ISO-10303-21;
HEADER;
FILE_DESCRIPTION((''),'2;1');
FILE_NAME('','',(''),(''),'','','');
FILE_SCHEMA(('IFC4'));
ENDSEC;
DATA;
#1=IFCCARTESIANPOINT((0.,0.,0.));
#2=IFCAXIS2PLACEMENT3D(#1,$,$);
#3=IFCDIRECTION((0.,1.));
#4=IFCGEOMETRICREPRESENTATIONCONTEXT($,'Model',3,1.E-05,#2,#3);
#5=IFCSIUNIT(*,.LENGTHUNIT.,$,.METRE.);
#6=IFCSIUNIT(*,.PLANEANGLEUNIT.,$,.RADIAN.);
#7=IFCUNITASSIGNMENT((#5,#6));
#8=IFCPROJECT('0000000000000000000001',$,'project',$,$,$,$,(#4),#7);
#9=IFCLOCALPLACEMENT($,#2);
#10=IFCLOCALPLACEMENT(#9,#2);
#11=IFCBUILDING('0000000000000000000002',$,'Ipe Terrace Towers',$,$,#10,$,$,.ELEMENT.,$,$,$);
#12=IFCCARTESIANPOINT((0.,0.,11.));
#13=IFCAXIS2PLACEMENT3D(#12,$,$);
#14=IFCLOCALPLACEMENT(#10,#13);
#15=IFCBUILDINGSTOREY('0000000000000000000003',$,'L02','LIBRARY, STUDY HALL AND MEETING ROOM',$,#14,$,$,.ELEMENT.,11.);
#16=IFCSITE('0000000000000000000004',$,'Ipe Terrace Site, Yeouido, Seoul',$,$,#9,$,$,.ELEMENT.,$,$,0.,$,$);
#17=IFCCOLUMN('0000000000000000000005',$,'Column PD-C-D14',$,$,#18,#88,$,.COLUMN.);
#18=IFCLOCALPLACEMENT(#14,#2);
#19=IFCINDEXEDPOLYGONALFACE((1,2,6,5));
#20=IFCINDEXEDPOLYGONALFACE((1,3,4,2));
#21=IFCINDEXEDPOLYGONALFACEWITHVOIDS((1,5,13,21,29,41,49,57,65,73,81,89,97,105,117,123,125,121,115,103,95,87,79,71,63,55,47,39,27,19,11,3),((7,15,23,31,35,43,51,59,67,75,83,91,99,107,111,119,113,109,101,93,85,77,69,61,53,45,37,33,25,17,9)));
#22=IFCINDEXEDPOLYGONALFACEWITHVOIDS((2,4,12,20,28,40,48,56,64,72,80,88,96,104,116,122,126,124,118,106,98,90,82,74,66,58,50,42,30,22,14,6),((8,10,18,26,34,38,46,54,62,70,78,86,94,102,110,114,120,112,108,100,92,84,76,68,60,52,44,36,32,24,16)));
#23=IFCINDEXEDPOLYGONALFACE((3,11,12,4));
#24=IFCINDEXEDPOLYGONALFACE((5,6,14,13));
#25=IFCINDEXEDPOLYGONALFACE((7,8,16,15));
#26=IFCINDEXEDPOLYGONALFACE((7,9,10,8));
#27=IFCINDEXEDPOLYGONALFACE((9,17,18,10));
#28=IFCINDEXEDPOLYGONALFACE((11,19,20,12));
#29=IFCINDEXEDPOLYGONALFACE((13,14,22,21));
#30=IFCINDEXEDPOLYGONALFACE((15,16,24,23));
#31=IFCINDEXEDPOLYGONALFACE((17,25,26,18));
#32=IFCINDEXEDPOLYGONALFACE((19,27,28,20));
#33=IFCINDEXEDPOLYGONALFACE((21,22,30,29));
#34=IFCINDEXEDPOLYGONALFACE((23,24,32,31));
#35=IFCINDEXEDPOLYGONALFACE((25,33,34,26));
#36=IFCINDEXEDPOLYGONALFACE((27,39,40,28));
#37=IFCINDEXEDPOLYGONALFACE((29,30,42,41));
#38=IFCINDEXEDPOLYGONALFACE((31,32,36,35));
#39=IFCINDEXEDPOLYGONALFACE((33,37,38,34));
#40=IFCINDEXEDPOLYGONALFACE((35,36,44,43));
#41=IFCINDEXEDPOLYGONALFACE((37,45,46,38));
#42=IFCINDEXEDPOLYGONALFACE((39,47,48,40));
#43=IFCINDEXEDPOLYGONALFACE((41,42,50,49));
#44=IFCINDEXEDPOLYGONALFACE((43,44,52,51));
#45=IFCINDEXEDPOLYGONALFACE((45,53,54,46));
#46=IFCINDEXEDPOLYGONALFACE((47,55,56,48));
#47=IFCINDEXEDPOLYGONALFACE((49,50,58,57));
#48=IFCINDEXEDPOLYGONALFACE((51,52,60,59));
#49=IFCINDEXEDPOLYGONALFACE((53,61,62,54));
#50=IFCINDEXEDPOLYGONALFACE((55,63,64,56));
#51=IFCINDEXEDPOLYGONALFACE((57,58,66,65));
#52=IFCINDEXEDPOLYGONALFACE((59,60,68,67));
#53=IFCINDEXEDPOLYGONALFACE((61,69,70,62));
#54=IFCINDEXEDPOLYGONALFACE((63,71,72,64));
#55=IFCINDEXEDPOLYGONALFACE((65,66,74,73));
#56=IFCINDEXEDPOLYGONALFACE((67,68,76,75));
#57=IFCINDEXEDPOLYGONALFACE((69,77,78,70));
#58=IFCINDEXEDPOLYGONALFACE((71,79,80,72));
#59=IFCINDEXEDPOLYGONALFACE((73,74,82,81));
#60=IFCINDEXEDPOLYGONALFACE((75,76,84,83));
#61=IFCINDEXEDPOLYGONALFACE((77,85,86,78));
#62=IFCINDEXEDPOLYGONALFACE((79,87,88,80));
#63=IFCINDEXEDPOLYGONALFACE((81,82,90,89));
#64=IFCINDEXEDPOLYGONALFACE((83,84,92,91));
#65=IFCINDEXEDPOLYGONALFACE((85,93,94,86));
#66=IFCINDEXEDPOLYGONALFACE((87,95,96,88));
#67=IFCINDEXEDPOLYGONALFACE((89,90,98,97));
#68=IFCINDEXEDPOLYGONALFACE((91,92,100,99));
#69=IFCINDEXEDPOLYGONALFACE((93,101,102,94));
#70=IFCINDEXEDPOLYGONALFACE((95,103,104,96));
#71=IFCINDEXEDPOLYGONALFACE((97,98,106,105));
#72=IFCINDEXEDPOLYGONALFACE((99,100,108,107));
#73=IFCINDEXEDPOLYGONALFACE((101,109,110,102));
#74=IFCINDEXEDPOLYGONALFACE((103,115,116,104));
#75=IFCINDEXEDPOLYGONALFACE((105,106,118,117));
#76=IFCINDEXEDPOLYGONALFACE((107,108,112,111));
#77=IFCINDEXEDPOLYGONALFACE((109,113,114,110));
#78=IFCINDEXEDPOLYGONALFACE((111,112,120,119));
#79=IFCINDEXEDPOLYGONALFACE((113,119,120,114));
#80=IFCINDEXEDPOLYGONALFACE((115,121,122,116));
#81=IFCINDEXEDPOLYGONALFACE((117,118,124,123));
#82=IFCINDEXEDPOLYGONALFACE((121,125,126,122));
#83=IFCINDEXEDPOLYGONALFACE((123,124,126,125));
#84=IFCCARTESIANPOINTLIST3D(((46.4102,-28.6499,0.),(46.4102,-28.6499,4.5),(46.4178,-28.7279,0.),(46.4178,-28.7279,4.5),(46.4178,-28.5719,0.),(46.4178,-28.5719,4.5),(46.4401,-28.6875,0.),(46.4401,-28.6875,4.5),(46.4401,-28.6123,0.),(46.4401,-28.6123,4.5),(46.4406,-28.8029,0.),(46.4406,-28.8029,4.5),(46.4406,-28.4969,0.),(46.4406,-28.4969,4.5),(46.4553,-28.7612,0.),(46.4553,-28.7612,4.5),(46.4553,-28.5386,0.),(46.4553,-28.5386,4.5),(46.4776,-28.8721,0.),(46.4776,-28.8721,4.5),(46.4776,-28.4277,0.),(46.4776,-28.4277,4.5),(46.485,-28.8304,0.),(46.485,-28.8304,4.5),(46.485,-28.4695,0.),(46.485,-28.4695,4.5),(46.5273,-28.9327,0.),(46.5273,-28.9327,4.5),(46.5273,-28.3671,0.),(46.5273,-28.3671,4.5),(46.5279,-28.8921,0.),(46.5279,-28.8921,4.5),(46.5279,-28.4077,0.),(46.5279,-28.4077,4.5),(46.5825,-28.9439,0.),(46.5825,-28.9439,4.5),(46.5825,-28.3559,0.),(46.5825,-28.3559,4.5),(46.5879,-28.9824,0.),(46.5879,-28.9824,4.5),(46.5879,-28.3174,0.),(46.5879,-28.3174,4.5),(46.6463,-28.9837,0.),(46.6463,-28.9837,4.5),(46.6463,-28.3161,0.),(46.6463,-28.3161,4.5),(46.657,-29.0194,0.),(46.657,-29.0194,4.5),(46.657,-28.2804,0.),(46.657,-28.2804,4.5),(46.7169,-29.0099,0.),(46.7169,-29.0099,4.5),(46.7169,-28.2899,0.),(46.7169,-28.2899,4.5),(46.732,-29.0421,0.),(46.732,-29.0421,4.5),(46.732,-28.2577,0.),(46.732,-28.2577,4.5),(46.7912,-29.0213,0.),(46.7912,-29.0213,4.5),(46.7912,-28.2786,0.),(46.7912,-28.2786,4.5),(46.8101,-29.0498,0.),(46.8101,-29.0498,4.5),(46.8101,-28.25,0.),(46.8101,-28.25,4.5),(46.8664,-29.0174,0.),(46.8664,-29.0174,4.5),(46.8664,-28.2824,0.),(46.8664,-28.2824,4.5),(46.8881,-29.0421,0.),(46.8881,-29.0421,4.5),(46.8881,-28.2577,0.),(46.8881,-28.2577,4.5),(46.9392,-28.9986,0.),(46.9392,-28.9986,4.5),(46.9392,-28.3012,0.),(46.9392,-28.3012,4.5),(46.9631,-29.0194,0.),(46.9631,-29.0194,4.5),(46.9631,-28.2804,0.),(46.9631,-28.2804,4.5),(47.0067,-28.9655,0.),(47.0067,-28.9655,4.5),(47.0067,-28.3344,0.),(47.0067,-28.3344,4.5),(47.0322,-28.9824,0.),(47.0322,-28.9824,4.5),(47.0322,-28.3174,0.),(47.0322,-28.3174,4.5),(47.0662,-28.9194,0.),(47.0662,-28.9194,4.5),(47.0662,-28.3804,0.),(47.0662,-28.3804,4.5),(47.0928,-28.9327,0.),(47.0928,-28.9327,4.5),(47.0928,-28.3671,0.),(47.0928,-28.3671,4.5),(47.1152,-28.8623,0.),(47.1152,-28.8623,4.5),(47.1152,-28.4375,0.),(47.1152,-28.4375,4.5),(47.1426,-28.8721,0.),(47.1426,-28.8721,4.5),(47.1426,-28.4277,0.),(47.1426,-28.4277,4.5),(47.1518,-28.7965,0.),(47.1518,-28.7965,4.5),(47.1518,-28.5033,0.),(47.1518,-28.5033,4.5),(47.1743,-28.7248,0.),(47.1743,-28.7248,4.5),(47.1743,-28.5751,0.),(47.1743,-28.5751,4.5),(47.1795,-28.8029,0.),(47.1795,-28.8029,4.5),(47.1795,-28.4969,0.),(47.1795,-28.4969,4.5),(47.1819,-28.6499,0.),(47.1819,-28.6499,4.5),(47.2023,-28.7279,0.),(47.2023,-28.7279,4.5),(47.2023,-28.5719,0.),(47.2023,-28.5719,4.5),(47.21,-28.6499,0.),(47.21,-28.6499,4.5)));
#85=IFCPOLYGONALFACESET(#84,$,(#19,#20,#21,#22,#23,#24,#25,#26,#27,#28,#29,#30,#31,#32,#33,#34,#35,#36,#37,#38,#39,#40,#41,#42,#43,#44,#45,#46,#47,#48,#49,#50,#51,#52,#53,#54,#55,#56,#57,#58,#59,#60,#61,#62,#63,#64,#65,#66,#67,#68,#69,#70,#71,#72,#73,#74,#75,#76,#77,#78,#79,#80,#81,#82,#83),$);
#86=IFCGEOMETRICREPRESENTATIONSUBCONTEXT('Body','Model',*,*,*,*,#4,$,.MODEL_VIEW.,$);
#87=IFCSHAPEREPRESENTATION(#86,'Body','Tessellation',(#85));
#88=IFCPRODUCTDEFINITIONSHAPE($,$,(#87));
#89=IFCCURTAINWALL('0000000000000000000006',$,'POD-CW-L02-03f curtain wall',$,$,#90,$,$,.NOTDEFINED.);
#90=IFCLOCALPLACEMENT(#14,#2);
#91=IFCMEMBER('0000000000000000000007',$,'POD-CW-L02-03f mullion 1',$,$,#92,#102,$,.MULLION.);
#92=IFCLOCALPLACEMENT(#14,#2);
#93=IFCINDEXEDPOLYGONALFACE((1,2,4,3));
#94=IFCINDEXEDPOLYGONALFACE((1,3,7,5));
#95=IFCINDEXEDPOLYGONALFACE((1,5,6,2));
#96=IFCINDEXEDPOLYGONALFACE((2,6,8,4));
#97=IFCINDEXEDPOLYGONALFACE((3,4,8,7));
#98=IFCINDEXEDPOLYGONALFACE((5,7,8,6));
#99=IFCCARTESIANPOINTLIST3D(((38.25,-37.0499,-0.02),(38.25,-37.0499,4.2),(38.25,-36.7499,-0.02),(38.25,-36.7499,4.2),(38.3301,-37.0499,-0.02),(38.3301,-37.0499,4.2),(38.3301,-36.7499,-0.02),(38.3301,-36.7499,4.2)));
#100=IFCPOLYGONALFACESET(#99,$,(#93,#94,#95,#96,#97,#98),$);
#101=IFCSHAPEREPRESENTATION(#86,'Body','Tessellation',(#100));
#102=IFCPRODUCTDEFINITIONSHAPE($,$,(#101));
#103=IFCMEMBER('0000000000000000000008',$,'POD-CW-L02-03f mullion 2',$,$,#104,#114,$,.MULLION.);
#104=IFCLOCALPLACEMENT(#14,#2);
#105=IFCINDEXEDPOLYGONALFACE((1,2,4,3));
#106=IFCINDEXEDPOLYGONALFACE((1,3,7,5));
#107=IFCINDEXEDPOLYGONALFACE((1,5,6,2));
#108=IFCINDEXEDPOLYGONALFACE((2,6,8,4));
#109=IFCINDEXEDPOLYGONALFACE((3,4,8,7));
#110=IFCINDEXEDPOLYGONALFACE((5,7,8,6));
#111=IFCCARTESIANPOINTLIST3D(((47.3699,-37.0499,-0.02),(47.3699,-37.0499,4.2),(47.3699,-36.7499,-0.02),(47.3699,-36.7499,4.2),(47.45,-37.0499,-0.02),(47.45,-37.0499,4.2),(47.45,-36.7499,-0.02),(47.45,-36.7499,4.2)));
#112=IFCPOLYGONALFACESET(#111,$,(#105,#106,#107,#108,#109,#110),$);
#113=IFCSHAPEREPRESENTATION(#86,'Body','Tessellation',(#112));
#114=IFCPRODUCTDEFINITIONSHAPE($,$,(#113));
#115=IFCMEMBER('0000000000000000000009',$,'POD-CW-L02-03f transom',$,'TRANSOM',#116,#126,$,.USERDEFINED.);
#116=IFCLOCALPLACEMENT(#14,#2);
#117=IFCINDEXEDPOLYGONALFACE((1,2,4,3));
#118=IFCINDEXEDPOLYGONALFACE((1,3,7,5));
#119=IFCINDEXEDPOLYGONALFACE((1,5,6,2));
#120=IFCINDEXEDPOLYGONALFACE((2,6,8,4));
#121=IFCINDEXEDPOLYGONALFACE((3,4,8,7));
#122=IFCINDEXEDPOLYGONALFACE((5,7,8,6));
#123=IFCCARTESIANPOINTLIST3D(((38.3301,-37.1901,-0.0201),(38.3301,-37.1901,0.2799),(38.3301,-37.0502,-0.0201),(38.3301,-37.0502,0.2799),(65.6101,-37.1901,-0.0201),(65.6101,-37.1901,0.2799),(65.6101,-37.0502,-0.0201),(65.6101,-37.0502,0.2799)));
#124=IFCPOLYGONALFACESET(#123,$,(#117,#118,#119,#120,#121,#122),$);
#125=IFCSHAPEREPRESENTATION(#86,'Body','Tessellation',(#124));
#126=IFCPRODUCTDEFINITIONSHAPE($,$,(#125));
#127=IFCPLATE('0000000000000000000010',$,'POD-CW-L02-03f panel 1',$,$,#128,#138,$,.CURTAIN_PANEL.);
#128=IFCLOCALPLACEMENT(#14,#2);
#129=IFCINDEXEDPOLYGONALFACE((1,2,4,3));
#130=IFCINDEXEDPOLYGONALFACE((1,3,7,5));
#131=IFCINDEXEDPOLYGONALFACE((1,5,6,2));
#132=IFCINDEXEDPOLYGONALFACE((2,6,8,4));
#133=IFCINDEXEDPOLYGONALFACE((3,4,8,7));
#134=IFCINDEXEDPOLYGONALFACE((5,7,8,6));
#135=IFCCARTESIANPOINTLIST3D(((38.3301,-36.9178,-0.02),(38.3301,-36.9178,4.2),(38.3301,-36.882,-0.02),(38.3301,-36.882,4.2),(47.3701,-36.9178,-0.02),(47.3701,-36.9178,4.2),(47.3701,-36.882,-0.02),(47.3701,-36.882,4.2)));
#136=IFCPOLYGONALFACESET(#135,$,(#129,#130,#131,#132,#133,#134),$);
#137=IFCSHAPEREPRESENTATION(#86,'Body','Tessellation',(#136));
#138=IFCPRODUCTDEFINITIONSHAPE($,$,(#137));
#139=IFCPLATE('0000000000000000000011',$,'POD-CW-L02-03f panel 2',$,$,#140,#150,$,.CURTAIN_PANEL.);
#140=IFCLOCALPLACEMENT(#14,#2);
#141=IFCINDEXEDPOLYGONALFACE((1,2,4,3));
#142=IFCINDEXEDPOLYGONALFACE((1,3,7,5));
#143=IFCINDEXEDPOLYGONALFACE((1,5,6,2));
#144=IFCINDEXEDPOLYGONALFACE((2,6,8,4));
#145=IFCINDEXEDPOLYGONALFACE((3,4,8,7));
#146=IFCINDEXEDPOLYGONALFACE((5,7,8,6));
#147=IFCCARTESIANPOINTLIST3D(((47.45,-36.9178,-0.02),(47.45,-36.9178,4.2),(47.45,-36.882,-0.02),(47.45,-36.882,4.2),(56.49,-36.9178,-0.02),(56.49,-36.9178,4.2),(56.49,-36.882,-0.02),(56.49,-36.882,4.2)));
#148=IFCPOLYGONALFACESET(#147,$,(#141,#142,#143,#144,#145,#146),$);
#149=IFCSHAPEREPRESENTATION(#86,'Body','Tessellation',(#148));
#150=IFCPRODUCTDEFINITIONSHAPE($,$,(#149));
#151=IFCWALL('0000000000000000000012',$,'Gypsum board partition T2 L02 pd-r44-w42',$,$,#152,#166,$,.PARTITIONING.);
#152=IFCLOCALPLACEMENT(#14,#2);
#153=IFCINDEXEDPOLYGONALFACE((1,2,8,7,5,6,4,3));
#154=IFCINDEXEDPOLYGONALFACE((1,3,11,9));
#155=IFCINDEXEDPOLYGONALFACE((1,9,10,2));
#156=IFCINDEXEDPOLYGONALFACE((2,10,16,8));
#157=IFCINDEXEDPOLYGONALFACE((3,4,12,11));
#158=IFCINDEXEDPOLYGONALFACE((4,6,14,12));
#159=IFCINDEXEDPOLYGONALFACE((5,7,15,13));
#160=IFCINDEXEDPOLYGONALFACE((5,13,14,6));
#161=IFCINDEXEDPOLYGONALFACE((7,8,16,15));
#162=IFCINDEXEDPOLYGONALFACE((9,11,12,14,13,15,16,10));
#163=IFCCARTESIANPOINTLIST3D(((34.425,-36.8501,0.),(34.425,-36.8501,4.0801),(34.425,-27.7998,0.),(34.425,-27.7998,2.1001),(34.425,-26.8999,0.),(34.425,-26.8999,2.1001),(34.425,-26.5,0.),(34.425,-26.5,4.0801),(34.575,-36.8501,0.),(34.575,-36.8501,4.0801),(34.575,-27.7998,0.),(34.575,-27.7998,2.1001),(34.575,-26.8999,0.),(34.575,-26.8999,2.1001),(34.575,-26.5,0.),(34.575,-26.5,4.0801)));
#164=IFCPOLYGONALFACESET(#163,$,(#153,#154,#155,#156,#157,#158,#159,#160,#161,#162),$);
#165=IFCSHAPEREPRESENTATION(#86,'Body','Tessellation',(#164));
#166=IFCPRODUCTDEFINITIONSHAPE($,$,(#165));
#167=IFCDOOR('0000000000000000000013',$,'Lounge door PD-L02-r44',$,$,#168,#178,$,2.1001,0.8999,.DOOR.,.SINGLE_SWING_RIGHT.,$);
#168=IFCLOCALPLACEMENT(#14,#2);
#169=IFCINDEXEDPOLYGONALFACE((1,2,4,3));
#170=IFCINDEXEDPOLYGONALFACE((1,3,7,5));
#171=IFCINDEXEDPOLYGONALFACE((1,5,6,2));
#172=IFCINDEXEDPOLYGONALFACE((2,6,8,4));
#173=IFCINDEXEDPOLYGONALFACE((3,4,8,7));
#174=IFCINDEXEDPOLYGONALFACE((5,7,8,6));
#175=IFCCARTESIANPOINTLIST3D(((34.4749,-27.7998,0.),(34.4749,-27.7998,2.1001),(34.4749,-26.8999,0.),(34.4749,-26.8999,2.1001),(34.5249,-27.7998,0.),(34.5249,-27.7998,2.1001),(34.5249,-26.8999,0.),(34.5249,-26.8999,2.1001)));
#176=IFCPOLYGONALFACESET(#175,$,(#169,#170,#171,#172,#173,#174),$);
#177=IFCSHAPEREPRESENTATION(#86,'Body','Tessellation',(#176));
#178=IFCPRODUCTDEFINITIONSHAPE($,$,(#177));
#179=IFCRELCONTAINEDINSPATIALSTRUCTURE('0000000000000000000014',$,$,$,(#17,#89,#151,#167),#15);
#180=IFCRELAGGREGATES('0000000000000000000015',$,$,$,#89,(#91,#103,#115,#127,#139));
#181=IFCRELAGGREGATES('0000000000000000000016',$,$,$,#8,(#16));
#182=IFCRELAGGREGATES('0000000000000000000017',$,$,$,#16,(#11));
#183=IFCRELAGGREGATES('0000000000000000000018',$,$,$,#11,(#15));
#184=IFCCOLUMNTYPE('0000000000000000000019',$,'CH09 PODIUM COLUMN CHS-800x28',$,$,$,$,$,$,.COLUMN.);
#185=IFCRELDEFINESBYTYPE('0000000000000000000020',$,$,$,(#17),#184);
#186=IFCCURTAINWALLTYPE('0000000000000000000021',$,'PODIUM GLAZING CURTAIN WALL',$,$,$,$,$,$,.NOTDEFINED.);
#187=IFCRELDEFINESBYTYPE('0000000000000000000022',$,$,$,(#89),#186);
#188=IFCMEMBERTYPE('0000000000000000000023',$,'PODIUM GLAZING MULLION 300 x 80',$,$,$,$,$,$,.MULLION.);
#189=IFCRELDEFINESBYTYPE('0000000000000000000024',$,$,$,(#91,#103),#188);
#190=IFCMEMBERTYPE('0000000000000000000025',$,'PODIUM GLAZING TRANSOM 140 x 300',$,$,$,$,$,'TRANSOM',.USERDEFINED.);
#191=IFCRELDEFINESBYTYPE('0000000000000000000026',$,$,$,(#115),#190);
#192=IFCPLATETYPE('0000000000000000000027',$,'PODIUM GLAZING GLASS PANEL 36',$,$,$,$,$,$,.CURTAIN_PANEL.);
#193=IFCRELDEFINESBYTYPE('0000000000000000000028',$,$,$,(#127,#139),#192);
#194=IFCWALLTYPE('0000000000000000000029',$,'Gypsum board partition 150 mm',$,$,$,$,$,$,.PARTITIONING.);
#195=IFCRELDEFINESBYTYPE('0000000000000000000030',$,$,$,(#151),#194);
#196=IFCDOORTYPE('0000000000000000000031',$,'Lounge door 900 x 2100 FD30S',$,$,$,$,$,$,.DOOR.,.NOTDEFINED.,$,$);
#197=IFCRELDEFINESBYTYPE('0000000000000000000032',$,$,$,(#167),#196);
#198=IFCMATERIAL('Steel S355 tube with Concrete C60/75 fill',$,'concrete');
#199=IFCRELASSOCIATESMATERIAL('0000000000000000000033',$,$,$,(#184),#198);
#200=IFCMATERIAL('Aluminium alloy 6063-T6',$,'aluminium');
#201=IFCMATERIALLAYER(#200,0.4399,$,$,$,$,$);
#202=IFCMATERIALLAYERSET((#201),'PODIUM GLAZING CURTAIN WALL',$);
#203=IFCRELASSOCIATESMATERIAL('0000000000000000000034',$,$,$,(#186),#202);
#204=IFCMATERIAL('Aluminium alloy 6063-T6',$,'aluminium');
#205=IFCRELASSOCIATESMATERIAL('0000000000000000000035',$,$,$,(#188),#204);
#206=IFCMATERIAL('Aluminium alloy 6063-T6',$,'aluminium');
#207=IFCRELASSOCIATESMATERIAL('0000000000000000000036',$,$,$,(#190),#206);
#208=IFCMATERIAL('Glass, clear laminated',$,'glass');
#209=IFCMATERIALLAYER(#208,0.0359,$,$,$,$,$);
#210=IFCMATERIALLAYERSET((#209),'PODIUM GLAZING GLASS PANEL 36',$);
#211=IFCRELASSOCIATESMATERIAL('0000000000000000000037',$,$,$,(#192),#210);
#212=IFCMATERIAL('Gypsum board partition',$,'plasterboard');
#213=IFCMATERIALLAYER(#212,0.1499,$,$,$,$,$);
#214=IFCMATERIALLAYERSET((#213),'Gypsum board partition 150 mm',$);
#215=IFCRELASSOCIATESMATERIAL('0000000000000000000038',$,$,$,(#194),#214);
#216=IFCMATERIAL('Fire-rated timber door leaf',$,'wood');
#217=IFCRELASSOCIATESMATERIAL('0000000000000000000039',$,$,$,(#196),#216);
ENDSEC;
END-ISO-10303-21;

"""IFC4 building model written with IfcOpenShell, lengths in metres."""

from ifc_helpers import new_model, si_unit, direction, frame, frame_2d, origin, origin_2d, place, context, subcontext, project, spatial, rectangle, hollow_circle, extrude, material, layer, layer_set, material_profile, profile_set, type_object, element, fill, aggregate, save


model = new_model("IFC4")

# Units and contexts
model_context = context("Model", 3, precision=1e-05, world=origin(), true_north=direction((0.0, 1.0)))
body_context = subcontext(model_context, "Body", "Model", "MODEL_VIEW")
ifc_project = project(units=[si_unit("LENGTHUNIT", "METRE"), si_unit("PLANEANGLEUNIT", "RADIAN")], contexts=[model_context])

# Site, building, storey
site_placement = place(None, origin())
site = spatial("IfcSite", under=ifc_project, at=site_placement, Name="Ipe Terrace Site, Yeouido, Seoul", CompositionType="ELEMENT", RefElevation=0.0)
building_placement = place(site_placement, origin())
building = spatial("IfcBuilding", under=site, at=building_placement, Name="Ipe Terrace Towers", CompositionType="ELEMENT")
storey_placement = place(building_placement, frame((0.0, 0.0, 11.0)))
storey = spatial("IfcBuildingStorey", under=building, at=storey_placement, Name="L02", Description="LIBRARY, STUDY HALL AND MEETING ROOM", CompositionType="ELEMENT", Elevation=11.0)

# Column
ifc_material_1 = material(Name="Steel S355 tube with Concrete C60/75 fill", Category="concrete")
ifc_material_profile_1 = material_profile(ifc_material_1, hollow_circle(Radius=0.3999, WallThickness=0.0281, at=origin_2d()), Name="CHS-800x28")
ifc_profile_set_1 = profile_set([ifc_material_profile_1], Name="Steel S355 tube with Concrete C60/75 fill")
column_type = type_object("IfcColumnType", Name="CH09 PODIUM COLUMN CHS-800x28", PredefinedType="COLUMN", material=ifc_profile_set_1)
for number, where, z_axis, x_axis, name in (
    (1, (46.8101, -28.6499, 0.0), (0.0, 0.0, 1.0), (1.0, 0.0, 0.0), "Column PD-C-D14"),
):
    element("IfcColumn", number, at=place(storey_placement, frame(where, z_axis=z_axis, x_axis=x_axis)), inside=storey, type_object=column_type, Name=name, PredefinedType="COLUMN", context=body_context, shape_type="SweptSolid", body=[
        extrude(hollow_circle(Radius=0.3999, WallThickness=0.0281, at=origin_2d()), origin(), (0.0, 0.0, 1.0), 4.5),
    ])

# Curtain wall, members, plates
ifc_material_2 = material(Name="Aluminium alloy 6063-T6", Category="aluminium")
ifc_layer_1 = layer(ifc_material_2, 0.4399)
ifc_layer_set_1 = layer_set([ifc_layer_1], Name="PODIUM GLAZING CURTAIN WALL")
curtain_wall_type = type_object("IfcCurtainWallType", Name="PODIUM GLAZING CURTAIN WALL", PredefinedType="NOTDEFINED", material=ifc_layer_set_1)
curtain_wall_placement = place(storey_placement, origin())
curtain_wall = element("IfcCurtainWall", 2, at=curtain_wall_placement, inside=storey, type_object=curtain_wall_type, Name="POD-CW-L02-03f curtain wall", PredefinedType="NOTDEFINED")
ifc_material_3 = material(Name="Aluminium alloy 6063-T6", Category="aluminium")
ifc_material_profile_2 = material_profile(ifc_material_3, rectangle(XDim=0.3, YDim=0.0801, at=origin_2d()), Name="PODIUM GLAZING MULLION 300 x 80")
ifc_profile_set_2 = profile_set([ifc_material_profile_2], Name="Aluminium alloy 6063-T6")
member_type_1 = type_object("IfcMemberType", Name="PODIUM GLAZING MULLION 300 x 80", PredefinedType="MULLION", material=ifc_profile_set_2)
member_1_placement = place(storey_placement, frame((38.29, -36.8999, -0.02), z_axis=(0.0, 0.0, 1.0), x_axis=(0.0, -1.0, 0.0)))
member_1 = element("IfcMember", 3, at=member_1_placement, type_object=member_type_1, Name="POD-CW-L02-03f mullion 1", PredefinedType="MULLION", context=body_context, shape_type="SweptSolid", body=[
    extrude(rectangle(XDim=0.3, YDim=0.0801, at=origin_2d()), origin(), (0.0, 0.0, 1.0), 4.22),
])
member_2_placement = place(storey_placement, frame((47.4099, -36.8999, -0.02), z_axis=(0.0, 0.0, 1.0), x_axis=(0.0, -1.0, 0.0)))
member_2 = element("IfcMember", 4, at=member_2_placement, type_object=member_type_1, Name="POD-CW-L02-03f mullion 2", PredefinedType="MULLION", context=body_context, shape_type="SweptSolid", body=[
    extrude(rectangle(XDim=0.3, YDim=0.0801, at=origin_2d()), origin(), (0.0, 0.0, 1.0), 4.22),
])
ifc_material_4 = material(Name="Aluminium alloy 6063-T6", Category="aluminium")
ifc_material_profile_3 = material_profile(ifc_material_4, rectangle(XDim=0.1399, YDim=0.3, at=origin_2d()), Name="PODIUM GLAZING TRANSOM 140 x 300")
ifc_profile_set_3 = profile_set([ifc_material_profile_3], Name="Aluminium alloy 6063-T6")
member_type_2 = type_object("IfcMemberType", Name="PODIUM GLAZING TRANSOM 140 x 300", ElementType="TRANSOM", PredefinedType="USERDEFINED", material=ifc_profile_set_3)
member_3_placement = place(storey_placement, frame((38.3301, -37.1201, 0.1299), z_axis=(1.0, 0.0, 0.0), x_axis=(0.0, -1.0, 0.0)))
member_3 = element("IfcMember", 5, at=member_3_placement, type_object=member_type_2, Name="POD-CW-L02-03f transom", ObjectType="TRANSOM", PredefinedType="USERDEFINED", context=body_context, shape_type="SweptSolid", body=[
    extrude(rectangle(XDim=0.1399, YDim=0.3, at=origin_2d()), origin(), (0.0, 0.0, 1.0), 27.28),
])
ifc_material_5 = material(Name="Glass, clear laminated", Category="glass")
ifc_layer_2 = layer(ifc_material_5, 0.0359)
ifc_layer_set_2 = layer_set([ifc_layer_2], Name="PODIUM GLAZING GLASS PANEL 36")
plate_type = type_object("IfcPlateType", Name="PODIUM GLAZING GLASS PANEL 36", PredefinedType="CURTAIN_PANEL", material=ifc_layer_set_2)
plate_1_placement = place(storey_placement, frame((42.8501, -36.8999, -0.02), z_axis=(0.0, 0.0, 1.0), x_axis=(1.0, 0.0, 0.0)))
plate_1 = element("IfcPlate", 6, at=plate_1_placement, type_object=plate_type, Name="POD-CW-L02-03f panel 1", PredefinedType="CURTAIN_PANEL", context=body_context, shape_type="SweptSolid", body=[
    extrude(rectangle(XDim=9.04, YDim=0.0359, at=origin_2d()), origin(), (0.0, 0.0, 1.0), 4.22),
])
plate_2_placement = place(storey_placement, frame((51.97, -36.8999, -0.02), z_axis=(0.0, 0.0, 1.0), x_axis=(1.0, 0.0, 0.0)))
plate_2 = element("IfcPlate", 7, at=plate_2_placement, type_object=plate_type, Name="POD-CW-L02-03f panel 2", PredefinedType="CURTAIN_PANEL", context=body_context, shape_type="SweptSolid", body=[
    extrude(rectangle(XDim=9.04, YDim=0.0359, at=origin_2d()), origin(), (0.0, 0.0, 1.0), 4.22),
])
aggregate(curtain_wall, [member_1, member_2, member_3, plate_1, plate_2])

# Wall, opening, door
ifc_material_6 = material(Name="Gypsum board partition", Category="plasterboard")
ifc_layer_3 = layer(ifc_material_6, 0.1499)
ifc_layer_set_3 = layer_set([ifc_layer_3], Name="Gypsum board partition 150 mm")
wall_type_1 = type_object("IfcWallType", Name="Gypsum board partition 150 mm", PredefinedType="PARTITIONING", material=ifc_layer_set_3)
wall_1_placement = place(storey_placement, frame((34.5, -26.5, 0.0), z_axis=(0.0, 0.0, 1.0), x_axis=(0.0, -1.0, 0.0)))
wall_1 = element("IfcWall", 8, at=wall_1_placement, inside=storey, type_object=wall_type_1, Name="Gypsum board partition T2 L02 pd-r44-w42", PredefinedType="PARTITIONING", context=body_context, shape_type="SweptSolid", body=[
    extrude(rectangle(XDim=10.3501, YDim=0.1499, at=frame_2d((5.175, 0.0))), origin(), (0.0, 0.0, 1.0), 4.0801),
])
opening_1_placement = place(wall_1_placement, frame((0.3999, 0.0, 0.0)))
opening_1 = element("IfcOpeningElement", 9, at=opening_1_placement, cuts=wall_1, PredefinedType="OPENING", context=body_context, shape_type="SweptSolid", body=[
    extrude(rectangle(XDim=0.8999, YDim=2.1001, at=frame_2d((0.45, 1.05))), frame((0.0, 0.085, 0.0), z_axis=(0.0, -1.0, 0.0), x_axis=(1.0, 0.0, 0.0)), (0.0, 0.0, 1.0), 0.1699),
])
ifc_material_7 = material(Name="Fire-rated timber door leaf", Category="wood")
door_type_1 = type_object("IfcDoorType", Name="Lounge door 900 x 2100 FD30S", OperationType="NOTDEFINED", PredefinedType="DOOR", material=ifc_material_7)
door_1_placement = place(opening_1_placement, origin())
door_1 = element("IfcDoor", 10, at=door_1_placement, inside=storey, type_object=door_type_1, Name="Lounge door PD-L02-r44", OperationType="SINGLE_SWING_RIGHT", OverallHeight=2.1001, OverallWidth=0.8999, PredefinedType="DOOR", context=body_context, shape_type="SweptSolid", body=[
    extrude(rectangle(XDim=0.8999, YDim=2.1001, at=frame_2d((0.45, 1.05))), frame((0.0, 0.0249, 0.0), z_axis=(0.0, -1.0, 0.0), x_axis=(1.0, 0.0, 0.0)), (0.0, 0.0, 1.0), 0.05),
])
fill(opening_1, door_1)

save(model, "model.ifc")
